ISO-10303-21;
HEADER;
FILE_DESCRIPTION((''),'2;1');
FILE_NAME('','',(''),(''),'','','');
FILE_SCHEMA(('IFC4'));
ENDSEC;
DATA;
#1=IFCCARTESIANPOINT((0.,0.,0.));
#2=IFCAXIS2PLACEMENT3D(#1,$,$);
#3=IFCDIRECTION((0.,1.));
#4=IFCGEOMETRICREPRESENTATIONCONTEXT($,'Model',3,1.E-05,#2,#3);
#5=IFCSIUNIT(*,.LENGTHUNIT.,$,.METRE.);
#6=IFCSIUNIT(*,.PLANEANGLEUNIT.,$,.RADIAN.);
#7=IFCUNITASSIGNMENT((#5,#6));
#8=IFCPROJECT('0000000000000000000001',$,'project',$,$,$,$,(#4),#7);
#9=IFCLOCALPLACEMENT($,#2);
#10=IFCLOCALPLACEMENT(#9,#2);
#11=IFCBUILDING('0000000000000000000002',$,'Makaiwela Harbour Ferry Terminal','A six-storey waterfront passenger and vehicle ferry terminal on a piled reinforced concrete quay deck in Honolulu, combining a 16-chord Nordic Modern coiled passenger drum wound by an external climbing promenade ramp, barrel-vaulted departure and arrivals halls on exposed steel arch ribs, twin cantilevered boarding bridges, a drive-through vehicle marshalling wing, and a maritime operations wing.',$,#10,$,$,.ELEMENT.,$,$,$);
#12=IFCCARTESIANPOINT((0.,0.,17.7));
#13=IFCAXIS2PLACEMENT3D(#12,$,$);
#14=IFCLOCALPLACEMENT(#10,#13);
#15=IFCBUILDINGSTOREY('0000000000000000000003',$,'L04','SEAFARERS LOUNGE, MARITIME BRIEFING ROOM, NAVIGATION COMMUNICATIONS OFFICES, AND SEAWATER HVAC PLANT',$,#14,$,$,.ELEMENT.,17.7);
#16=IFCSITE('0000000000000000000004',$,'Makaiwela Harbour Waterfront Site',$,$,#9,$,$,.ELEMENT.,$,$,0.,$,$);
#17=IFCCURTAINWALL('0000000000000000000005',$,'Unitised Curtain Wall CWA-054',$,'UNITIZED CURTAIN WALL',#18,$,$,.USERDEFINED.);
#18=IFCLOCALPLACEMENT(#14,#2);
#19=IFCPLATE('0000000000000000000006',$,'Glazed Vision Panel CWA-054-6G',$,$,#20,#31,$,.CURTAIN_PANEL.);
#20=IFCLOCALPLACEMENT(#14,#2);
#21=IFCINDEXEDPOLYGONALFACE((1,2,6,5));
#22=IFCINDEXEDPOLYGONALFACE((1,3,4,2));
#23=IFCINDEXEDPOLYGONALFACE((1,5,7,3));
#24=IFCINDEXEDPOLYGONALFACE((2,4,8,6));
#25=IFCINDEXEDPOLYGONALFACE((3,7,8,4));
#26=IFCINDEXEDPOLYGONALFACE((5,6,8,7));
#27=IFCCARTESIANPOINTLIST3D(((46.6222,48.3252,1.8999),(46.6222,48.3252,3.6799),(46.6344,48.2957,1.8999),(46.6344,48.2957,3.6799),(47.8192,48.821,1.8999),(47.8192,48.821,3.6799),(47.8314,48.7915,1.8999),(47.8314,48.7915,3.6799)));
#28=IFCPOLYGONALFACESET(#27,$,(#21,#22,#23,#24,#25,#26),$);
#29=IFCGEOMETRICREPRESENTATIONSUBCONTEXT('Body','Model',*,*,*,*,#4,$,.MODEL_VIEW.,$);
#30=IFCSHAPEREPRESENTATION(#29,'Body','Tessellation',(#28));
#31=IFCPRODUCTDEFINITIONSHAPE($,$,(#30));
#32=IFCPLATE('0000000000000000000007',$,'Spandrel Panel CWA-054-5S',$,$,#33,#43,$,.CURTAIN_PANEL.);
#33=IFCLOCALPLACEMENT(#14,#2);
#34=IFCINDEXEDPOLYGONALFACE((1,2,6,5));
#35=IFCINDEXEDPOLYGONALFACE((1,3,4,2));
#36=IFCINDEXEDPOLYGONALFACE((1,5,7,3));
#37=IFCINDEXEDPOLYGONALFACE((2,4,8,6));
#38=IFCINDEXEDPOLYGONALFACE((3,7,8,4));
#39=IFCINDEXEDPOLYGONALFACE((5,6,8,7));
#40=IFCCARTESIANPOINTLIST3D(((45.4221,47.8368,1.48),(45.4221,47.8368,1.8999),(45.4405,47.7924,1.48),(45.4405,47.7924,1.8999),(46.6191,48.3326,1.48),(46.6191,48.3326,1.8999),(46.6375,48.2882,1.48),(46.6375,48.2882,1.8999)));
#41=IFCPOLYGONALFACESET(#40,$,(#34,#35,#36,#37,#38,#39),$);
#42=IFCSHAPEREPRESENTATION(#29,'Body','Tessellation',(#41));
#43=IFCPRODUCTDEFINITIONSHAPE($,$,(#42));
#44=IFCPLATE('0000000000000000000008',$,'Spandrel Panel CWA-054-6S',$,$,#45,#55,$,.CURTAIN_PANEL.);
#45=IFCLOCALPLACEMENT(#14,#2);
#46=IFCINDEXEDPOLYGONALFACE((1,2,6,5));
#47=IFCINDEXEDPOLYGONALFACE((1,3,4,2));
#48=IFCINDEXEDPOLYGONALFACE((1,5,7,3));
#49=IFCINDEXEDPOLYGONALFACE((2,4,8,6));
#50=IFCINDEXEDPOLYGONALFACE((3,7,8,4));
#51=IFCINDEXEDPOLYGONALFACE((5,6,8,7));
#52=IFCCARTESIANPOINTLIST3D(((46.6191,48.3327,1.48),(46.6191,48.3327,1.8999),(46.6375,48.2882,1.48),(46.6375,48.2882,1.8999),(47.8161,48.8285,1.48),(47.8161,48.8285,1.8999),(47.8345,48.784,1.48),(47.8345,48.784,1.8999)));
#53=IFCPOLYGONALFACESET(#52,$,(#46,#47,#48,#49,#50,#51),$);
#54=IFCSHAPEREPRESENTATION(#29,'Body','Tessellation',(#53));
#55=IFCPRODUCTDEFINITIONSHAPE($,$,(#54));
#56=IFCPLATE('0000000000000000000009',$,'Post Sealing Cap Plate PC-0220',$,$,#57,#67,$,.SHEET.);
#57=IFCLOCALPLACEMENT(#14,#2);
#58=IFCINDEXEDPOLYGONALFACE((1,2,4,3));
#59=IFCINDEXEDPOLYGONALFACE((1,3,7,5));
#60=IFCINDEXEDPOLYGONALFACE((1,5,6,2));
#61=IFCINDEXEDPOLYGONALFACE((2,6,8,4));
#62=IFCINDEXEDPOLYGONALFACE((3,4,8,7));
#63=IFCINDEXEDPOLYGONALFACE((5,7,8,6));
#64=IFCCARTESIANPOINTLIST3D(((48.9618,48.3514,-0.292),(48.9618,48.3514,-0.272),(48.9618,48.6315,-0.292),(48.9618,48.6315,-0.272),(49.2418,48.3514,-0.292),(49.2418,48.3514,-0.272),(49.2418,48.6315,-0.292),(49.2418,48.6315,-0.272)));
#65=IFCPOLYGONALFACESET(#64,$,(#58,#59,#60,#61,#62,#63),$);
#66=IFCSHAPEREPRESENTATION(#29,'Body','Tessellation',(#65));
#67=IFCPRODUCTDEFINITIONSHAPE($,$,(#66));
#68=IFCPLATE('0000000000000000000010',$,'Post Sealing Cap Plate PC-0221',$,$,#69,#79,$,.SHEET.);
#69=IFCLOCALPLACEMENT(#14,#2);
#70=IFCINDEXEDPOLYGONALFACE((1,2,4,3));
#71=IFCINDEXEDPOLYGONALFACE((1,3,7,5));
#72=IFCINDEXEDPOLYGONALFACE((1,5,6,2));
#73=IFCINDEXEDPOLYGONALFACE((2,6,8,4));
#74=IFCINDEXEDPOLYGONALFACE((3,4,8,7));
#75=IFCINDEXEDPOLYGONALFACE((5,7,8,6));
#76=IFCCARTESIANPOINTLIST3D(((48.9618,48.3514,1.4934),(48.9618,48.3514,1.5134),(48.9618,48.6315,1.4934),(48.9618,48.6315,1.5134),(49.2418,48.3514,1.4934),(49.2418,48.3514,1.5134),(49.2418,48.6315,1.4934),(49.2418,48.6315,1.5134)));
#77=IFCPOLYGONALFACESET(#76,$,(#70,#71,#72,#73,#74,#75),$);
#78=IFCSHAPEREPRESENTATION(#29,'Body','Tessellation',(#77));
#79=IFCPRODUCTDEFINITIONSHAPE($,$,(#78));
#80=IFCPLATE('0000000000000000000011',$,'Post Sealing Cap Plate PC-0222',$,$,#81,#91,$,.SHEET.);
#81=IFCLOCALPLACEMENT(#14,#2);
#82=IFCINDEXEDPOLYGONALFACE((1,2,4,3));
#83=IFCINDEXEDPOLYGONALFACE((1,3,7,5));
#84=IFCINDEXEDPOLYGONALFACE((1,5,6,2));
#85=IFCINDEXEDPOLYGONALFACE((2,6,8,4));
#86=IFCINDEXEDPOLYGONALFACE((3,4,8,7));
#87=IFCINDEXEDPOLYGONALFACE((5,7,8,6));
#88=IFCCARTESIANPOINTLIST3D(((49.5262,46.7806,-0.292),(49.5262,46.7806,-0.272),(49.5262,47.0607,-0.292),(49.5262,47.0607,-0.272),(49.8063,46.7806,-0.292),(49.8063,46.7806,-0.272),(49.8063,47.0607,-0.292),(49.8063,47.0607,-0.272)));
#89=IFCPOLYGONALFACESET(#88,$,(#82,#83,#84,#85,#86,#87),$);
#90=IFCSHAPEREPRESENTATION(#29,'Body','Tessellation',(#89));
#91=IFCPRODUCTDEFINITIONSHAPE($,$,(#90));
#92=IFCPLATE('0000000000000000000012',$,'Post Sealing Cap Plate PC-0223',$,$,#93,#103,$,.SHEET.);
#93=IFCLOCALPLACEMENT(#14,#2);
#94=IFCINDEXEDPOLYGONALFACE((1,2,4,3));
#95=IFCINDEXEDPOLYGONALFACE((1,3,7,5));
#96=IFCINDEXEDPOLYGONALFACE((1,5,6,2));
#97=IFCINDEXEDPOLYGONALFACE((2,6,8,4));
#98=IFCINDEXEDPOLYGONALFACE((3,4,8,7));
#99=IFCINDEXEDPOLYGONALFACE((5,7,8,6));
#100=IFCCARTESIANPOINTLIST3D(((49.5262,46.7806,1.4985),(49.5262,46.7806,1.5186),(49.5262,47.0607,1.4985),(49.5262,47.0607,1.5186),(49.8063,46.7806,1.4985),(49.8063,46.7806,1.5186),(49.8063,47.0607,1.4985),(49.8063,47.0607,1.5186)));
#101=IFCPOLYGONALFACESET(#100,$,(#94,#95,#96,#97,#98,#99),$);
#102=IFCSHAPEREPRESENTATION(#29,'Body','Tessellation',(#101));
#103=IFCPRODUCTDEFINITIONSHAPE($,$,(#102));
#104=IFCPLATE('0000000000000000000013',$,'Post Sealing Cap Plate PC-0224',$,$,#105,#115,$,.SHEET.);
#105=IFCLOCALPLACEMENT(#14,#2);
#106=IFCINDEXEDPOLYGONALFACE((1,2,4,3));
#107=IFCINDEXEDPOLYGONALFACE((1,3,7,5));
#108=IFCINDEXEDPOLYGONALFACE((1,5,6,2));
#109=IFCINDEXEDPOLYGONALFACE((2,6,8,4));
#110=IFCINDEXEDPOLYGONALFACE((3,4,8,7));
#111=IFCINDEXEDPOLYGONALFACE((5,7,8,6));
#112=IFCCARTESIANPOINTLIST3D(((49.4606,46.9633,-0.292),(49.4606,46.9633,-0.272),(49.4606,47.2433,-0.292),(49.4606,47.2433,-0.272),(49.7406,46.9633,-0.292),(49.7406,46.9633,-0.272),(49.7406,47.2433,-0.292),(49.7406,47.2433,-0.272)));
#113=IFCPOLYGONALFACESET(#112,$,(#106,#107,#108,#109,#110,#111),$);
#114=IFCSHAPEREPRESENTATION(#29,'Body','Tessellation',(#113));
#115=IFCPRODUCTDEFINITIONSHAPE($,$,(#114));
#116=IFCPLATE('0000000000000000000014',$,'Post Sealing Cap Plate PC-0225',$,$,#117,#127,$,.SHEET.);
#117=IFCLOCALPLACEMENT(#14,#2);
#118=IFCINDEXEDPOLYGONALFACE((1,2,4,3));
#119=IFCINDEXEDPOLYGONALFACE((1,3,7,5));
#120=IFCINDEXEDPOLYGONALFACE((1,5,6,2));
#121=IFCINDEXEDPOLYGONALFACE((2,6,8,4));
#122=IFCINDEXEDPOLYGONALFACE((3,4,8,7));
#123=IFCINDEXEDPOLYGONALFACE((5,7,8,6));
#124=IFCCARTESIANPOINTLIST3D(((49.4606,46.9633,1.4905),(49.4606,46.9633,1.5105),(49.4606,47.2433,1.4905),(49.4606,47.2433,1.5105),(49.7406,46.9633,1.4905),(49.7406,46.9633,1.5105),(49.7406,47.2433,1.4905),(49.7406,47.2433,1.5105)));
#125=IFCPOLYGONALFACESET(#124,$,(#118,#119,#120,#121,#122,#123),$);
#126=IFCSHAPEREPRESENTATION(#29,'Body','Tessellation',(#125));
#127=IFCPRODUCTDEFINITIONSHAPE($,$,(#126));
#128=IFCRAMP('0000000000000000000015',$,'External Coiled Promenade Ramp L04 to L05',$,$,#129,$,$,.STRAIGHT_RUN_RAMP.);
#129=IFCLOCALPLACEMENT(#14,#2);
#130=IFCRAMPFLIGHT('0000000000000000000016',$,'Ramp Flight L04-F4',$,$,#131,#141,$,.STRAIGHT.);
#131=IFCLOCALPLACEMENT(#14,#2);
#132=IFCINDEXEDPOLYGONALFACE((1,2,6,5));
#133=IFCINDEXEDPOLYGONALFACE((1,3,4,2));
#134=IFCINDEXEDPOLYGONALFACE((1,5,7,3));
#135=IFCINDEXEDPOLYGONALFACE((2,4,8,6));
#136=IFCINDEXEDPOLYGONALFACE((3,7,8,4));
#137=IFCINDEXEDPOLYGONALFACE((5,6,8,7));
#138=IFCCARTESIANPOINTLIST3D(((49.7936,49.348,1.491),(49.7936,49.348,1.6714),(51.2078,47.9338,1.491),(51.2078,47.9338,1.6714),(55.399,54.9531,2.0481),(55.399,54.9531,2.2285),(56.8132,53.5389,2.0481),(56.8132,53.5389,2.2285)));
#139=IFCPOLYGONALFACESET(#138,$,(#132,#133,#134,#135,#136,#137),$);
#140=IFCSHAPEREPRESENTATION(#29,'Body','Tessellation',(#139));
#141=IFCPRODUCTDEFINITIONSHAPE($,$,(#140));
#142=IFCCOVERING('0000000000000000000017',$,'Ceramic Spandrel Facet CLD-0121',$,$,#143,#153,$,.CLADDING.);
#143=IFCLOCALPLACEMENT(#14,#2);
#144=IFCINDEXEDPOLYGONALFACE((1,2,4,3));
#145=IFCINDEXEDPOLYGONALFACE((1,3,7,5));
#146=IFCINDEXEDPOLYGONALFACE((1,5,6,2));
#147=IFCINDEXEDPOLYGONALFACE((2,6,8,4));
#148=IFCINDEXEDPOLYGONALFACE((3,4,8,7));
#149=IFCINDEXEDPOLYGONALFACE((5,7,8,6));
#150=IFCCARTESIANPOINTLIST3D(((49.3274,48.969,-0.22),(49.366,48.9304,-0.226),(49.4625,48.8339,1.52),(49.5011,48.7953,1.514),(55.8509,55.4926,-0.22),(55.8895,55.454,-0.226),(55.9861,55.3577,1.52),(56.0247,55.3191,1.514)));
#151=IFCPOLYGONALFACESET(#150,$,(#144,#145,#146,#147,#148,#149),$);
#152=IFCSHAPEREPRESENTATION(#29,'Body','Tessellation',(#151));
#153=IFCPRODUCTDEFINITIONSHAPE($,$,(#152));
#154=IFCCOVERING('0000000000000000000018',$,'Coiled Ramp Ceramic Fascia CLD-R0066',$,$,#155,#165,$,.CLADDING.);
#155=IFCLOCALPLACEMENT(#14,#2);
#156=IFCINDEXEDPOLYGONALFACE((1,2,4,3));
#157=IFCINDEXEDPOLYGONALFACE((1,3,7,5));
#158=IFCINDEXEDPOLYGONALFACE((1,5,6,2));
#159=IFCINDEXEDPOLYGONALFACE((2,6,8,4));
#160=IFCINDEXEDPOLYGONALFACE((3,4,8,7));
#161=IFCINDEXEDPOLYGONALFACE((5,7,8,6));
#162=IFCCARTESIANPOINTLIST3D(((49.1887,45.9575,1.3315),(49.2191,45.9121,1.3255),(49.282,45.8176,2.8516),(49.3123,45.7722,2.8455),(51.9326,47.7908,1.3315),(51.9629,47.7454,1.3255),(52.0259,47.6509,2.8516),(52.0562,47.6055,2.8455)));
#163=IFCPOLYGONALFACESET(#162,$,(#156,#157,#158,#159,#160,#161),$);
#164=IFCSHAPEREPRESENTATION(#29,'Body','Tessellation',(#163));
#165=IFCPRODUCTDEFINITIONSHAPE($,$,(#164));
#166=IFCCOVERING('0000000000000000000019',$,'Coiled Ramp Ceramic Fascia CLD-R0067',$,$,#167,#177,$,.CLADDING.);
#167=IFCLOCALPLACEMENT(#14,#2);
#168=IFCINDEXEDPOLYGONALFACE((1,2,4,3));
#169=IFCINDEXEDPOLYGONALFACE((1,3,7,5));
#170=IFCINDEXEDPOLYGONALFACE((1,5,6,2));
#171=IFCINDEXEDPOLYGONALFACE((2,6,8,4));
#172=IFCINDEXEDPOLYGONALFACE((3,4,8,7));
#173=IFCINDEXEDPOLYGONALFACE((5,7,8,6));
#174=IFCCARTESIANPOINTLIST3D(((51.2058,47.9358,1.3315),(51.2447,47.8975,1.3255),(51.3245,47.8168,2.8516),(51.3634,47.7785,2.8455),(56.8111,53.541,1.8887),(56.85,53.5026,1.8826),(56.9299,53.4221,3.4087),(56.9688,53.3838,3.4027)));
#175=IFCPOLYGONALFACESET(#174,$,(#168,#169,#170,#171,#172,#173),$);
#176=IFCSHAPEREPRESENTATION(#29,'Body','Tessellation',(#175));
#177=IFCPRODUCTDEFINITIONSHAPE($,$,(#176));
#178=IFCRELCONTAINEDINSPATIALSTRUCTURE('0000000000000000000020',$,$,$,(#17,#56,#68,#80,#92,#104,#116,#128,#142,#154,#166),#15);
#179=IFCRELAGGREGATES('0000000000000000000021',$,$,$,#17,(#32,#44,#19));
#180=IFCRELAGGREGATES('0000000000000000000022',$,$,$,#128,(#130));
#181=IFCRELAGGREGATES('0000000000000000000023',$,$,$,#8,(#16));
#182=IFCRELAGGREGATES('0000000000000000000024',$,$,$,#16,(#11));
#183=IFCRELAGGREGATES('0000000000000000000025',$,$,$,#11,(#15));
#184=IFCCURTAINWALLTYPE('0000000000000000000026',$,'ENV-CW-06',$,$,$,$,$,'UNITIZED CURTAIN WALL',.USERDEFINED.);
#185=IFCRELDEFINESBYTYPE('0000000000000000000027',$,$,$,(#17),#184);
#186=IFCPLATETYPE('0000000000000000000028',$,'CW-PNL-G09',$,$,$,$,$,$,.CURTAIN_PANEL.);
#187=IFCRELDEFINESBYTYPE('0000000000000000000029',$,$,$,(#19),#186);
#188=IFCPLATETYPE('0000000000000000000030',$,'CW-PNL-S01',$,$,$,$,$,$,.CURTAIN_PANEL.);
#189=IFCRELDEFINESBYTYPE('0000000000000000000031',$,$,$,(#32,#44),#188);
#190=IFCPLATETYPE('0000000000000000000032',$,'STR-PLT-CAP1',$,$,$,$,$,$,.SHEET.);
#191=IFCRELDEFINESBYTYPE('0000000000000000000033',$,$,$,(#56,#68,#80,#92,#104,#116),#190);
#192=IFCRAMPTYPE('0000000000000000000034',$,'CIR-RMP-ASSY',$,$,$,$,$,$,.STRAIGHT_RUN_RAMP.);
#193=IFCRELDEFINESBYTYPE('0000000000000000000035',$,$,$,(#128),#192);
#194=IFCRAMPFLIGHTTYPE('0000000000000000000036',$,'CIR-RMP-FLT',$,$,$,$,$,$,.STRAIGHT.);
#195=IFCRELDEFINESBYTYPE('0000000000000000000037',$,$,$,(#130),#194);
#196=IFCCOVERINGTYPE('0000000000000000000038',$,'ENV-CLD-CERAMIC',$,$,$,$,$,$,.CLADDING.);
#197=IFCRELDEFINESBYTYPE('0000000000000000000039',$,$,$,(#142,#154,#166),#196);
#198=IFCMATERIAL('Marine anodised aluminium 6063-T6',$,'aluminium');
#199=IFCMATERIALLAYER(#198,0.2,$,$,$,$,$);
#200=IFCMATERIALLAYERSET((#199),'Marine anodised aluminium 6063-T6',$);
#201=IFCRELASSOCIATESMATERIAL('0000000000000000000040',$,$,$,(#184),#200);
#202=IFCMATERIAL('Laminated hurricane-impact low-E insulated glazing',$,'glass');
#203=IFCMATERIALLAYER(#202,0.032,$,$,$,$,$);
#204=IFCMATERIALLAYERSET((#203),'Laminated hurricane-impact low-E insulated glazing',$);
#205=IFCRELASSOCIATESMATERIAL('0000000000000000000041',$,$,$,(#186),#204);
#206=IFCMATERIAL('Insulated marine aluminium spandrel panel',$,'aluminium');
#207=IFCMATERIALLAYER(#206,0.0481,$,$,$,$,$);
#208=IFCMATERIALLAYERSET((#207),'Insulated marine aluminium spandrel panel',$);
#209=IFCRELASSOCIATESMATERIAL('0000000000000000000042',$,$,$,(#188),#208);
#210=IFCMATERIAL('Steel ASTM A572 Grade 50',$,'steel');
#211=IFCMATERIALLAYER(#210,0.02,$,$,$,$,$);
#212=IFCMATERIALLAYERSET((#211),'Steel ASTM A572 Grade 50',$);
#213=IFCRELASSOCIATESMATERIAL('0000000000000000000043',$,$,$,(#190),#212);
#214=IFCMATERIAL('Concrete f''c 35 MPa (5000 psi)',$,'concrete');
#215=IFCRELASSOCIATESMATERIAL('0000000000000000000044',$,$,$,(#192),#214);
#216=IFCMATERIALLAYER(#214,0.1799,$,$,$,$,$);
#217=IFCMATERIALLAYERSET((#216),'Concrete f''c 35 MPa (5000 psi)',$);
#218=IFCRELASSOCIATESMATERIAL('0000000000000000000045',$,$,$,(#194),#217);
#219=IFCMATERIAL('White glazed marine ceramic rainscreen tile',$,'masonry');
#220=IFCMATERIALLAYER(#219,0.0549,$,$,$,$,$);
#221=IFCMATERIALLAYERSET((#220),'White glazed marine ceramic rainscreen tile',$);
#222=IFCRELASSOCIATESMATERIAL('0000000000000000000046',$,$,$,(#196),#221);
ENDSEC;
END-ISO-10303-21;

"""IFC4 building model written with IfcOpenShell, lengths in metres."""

from ifc_helpers import new_model, si_unit, direction, frame, origin, origin_2d, place, context, subcontext, project, spatial, polyline, rectangle, outline, extrude, material, layer, layer_set, type_object, element, aggregate, save


model = new_model("IFC4")

# Units and contexts
model_context = context("Model", 3, precision=1e-05, world=origin(), true_north=direction((0.0, 1.0)))
body_context = subcontext(model_context, "Body", "Model", "MODEL_VIEW")
ifc_project = project(units=[si_unit("LENGTHUNIT", "METRE"), si_unit("PLANEANGLEUNIT", "RADIAN")], contexts=[model_context])

# Site, building, storey
site_placement = place(None, origin())
site = spatial("IfcSite", under=ifc_project, at=site_placement, Name="Makaiwela Harbour Waterfront Site", CompositionType="ELEMENT", RefElevation=0.0)
building_placement = place(site_placement, origin())
building = spatial("IfcBuilding", under=site, at=building_placement, Name="Makaiwela Harbour Ferry Terminal", Description="A six-storey waterfront passenger and vehicle ferry terminal on a piled reinforced concrete quay deck in Honolulu, combining a 16-chord Nordic Modern coiled passenger drum wound by an external climbing promenade ramp, barrel-vaulted departure and arrivals halls on exposed steel arch ribs, twin cantilevered boarding bridges, a drive-through vehicle marshalling wing, and a maritime operations wing.", CompositionType="ELEMENT")
storey_placement = place(building_placement, frame((0.0, 0.0, 17.7)))
storey = spatial("IfcBuildingStorey", under=building, at=storey_placement, Name="L04", Description="SEAFARERS LOUNGE, MARITIME BRIEFING ROOM, NAVIGATION COMMUNICATIONS OFFICES, AND SEAWATER HVAC PLANT", CompositionType="ELEMENT", Elevation=17.7)

# Curtain wall
ifc_material_1 = material(Name="Marine anodised aluminium 6063-T6", Category="aluminium")
ifc_layer_1 = layer(ifc_material_1, 0.2)
ifc_layer_set_1 = layer_set([ifc_layer_1], Name="Marine anodised aluminium 6063-T6")
curtain_wall_type = type_object("IfcCurtainWallType", Name="ENV-CW-06", ElementType="UNITIZED CURTAIN WALL", PredefinedType="USERDEFINED", material=ifc_layer_set_1)
curtain_wall_placement = place(storey_placement, origin())
curtain_wall = element("IfcCurtainWall", 1, at=curtain_wall_placement, inside=storey, type_object=curtain_wall_type, Name="Unitised Curtain Wall CWA-054", ObjectType="UNITIZED CURTAIN WALL", PredefinedType="USERDEFINED")

# Plates
ifc_material_2 = material(Name="Laminated hurricane-impact low-E insulated glazing", Category="glass")
ifc_layer_2 = layer(ifc_material_2, 0.032)
ifc_layer_set_2 = layer_set([ifc_layer_2], Name="Laminated hurricane-impact low-E insulated glazing")
plate_type_1 = type_object("IfcPlateType", Name="CW-PNL-G09", PredefinedType="CURTAIN_PANEL", material=ifc_layer_set_2)
plate_1_placement = place(storey_placement, frame((47.2268, 48.5583, 1.8999), z_axis=(0.0, 0.0, 1.0), x_axis=(0.92388, 0.382683, 0.0)))
plate_1 = element("IfcPlate", 2, at=plate_1_placement, type_object=plate_type_1, Name="Glazed Vision Panel CWA-054-6G", PredefinedType="CURTAIN_PANEL", context=body_context, shape_type="SweptSolid", body=[
    extrude(rectangle(XDim=1.2957, YDim=0.032, at=origin_2d()), origin(), (0.0, 0.0, 1.0), 1.78),
])
ifc_material_3 = material(Name="Insulated marine aluminium spandrel panel", Category="aluminium")
ifc_layer_3 = layer(ifc_material_3, 0.0481)
ifc_layer_set_3 = layer_set([ifc_layer_3], Name="Insulated marine aluminium spandrel panel")
plate_type_2 = type_object("IfcPlateType", Name="CW-PNL-S01", PredefinedType="CURTAIN_PANEL", material=ifc_layer_set_3)
plate_2_placement = place(storey_placement, frame((46.0298, 48.0625, 1.48), z_axis=(0.0, 0.0, 1.0), x_axis=(0.92388, 0.382683, 0.0)))
plate_2 = element("IfcPlate", 3, at=plate_2_placement, type_object=plate_type_2, Name="Spandrel Panel CWA-054-5S", PredefinedType="CURTAIN_PANEL", context=body_context, shape_type="SweptSolid", body=[
    extrude(rectangle(XDim=1.2957, YDim=0.0481, at=origin_2d()), origin(), (0.0, 0.0, 1.0), 0.4199),
])
plate_3_placement = place(storey_placement, frame((47.2268, 48.5583, 1.48), z_axis=(0.0, 0.0, 1.0), x_axis=(0.92388, 0.382683, 0.0)))
plate_3 = element("IfcPlate", 4, at=plate_3_placement, type_object=plate_type_2, Name="Spandrel Panel CWA-054-6S", PredefinedType="CURTAIN_PANEL", context=body_context, shape_type="SweptSolid", body=[
    extrude(rectangle(XDim=1.2957, YDim=0.0481, at=origin_2d()), origin(), (0.0, 0.0, 1.0), 0.4199),
])
aggregate(curtain_wall, [plate_2, plate_3, plate_1])

# Plates
ifc_material_4 = material(Name="Steel ASTM A572 Grade 50", Category="steel")
ifc_layer_4 = layer(ifc_material_4, 0.02)
ifc_layer_set_4 = layer_set([ifc_layer_4], Name="Steel ASTM A572 Grade 50")
plate_type_3 = type_object("IfcPlateType", Name="STR-PLT-CAP1", PredefinedType="SHEET", material=ifc_layer_set_4)
for number, where, z_axis, x_axis, name in (
    (5, (49.1018, 48.4915, -0.292), (0.0, 0.0, 1.0), (1.0, 0.0, 0.0), "Post Sealing Cap Plate PC-0220"),
    (6, (49.1018, 48.4915, 1.4934), (0.0, 0.0, 1.0), (1.0, 0.0, 0.0), "Post Sealing Cap Plate PC-0221"),
    (7, (49.6663, 46.9207, -0.292), (0.0, 0.0, 1.0), (1.0, 0.0, 0.0), "Post Sealing Cap Plate PC-0222"),
    (8, (49.6663, 46.9207, 1.4985), (0.0, 0.0, 1.0), (1.0, 0.0, 0.0), "Post Sealing Cap Plate PC-0223"),
    (9, (49.6006, 47.1033, -0.292), (0.0, 0.0, 1.0), (1.0, 0.0, 0.0), "Post Sealing Cap Plate PC-0224"),
    (10, (49.6006, 47.1033, 1.4905), (0.0, 0.0, 1.0), (1.0, 0.0, 0.0), "Post Sealing Cap Plate PC-0225"),
):
    element("IfcPlate", number, at=place(storey_placement, frame(where, z_axis=z_axis, x_axis=x_axis)), inside=storey, type_object=plate_type_3, Name=name, PredefinedType="SHEET", context=body_context, shape_type="SweptSolid", body=[
        extrude(rectangle(XDim=0.28, YDim=0.28, at=origin_2d()), origin(), (0.0, 0.0, 1.0), 0.02),
    ])

# Ramp, ramp flight
ifc_material_5 = material(Name="Concrete f'c 35 MPa (5000 psi)", Category="concrete")
ramp_type = type_object("IfcRampType", Name="CIR-RMP-ASSY", PredefinedType="STRAIGHT_RUN_RAMP", material=ifc_material_5)
ramp_placement = place(storey_placement, origin())
ramp = element("IfcRamp", 11, at=ramp_placement, inside=storey, type_object=ramp_type, Name="External Coiled Promenade Ramp L04 to L05", PredefinedType="STRAIGHT_RUN_RAMP")
ifc_layer_5 = layer(ifc_material_5, 0.1799)
ifc_layer_set_5 = layer_set([ifc_layer_5], Name="Concrete f'c 35 MPa (5000 psi)")
ramp_flight_type = type_object("IfcRampFlightType", Name="CIR-RMP-FLT", PredefinedType="STRAIGHT", material=ifc_layer_set_5)
ramp_flight_placement = place(storey_placement, frame((50.5007, 48.6409, 1.6714), z_axis=(0.0, 0.0, 1.0), x_axis=(0.707119, 0.707094, 0.0)))
ramp_flight = element("IfcRampFlight", 12, at=ramp_flight_placement, type_object=ramp_flight_type, Name="Ramp Flight L04-F4", PredefinedType="STRAIGHT", context=body_context, shape_type="SweptSolid", body=[
    extrude(outline(polyline([(0.0, 0.0), (7.927, 0.5571), (7.927, 0.3767), (0.0, -0.1804), (0.0, 0.0)])), frame((0.0, 1.0, 0.0), z_axis=(0.0, -1.0, 0.0), x_axis=(1.0, 0.0, 0.0)), (0.0, 0.0, 1.0), 2.0),
])
aggregate(ramp, [ramp_flight])

# Coverings
ifc_material_6 = material(Name="White glazed marine ceramic rainscreen tile", Category="masonry")
ifc_layer_6 = layer(ifc_material_6, 0.0549)
ifc_layer_set_6 = layer_set([ifc_layer_6], Name="White glazed marine ceramic rainscreen tile")
covering_type = type_object("IfcCoveringType", Name="ENV-CLD-CERAMIC", PredefinedType="CLADDING", material=ifc_layer_set_6)
covering_1_placement = place(storey_placement, frame((49.3274, 48.969, -0.22), z_axis=(-0.70289, 0.702877, 0.109126), x_axis=(0.7071, 0.707113, -0.000001)))
element("IfcCovering", 13, at=covering_1_placement, inside=storey, type_object=covering_type, Name="Ceramic Spandrel Facet CLD-0121", PredefinedType="CLADDING", context=body_context, shape_type="SweptSolid", body=[
    extrude(outline(polyline([(0.0, 0.0), (9.2257, 0.0), (9.2259, -1.7505), (0.0, -1.7504), (0.0, 0.0)])), origin(), (0.0, 0.0, -1.0), 0.0549),
])
covering_2_placement = place(storey_placement, frame((49.1887, 45.9575, 1.3315), z_axis=(-0.552169, 0.826452, 0.10994), x_axis=(0.831492, 0.555536, 0.0)))
element("IfcCovering", 14, at=covering_2_placement, inside=storey, type_object=covering_type, Name="Coiled Ramp Ceramic Fascia CLD-R0066", PredefinedType="CLADDING", context=body_context, shape_type="SweptSolid", body=[
    extrude(outline(polyline([(0.0, 0.0), (3.3, 0.0), (3.2998, -1.5293), (-0.0002, -1.5293), (0.0, 0.0)])), origin(), (0.0, 0.0, -1.0), 0.0549),
])
covering_3_placement = place(storey_placement, frame((51.2058, 47.9358, 1.3315), z_axis=(-0.708257, 0.69735, 0.10989), x_axis=(0.705375, 0.705359, 0.070108)))
element("IfcCovering", 15, at=covering_3_placement, inside=storey, type_object=covering_type, Name="Coiled Ramp Ceramic Fascia CLD-R0067", PredefinedType="CLADDING", context=body_context, shape_type="SweptSolid", body=[
    extrude(outline(polyline([(0.0, 0.0), (7.9465, 0.0), (8.0531, -1.5256), (0.1064, -1.5256), (0.0, 0.0)])), origin(), (0.0, 0.0, -1.0), 0.0549),
])

save(model, "model.ifc")
